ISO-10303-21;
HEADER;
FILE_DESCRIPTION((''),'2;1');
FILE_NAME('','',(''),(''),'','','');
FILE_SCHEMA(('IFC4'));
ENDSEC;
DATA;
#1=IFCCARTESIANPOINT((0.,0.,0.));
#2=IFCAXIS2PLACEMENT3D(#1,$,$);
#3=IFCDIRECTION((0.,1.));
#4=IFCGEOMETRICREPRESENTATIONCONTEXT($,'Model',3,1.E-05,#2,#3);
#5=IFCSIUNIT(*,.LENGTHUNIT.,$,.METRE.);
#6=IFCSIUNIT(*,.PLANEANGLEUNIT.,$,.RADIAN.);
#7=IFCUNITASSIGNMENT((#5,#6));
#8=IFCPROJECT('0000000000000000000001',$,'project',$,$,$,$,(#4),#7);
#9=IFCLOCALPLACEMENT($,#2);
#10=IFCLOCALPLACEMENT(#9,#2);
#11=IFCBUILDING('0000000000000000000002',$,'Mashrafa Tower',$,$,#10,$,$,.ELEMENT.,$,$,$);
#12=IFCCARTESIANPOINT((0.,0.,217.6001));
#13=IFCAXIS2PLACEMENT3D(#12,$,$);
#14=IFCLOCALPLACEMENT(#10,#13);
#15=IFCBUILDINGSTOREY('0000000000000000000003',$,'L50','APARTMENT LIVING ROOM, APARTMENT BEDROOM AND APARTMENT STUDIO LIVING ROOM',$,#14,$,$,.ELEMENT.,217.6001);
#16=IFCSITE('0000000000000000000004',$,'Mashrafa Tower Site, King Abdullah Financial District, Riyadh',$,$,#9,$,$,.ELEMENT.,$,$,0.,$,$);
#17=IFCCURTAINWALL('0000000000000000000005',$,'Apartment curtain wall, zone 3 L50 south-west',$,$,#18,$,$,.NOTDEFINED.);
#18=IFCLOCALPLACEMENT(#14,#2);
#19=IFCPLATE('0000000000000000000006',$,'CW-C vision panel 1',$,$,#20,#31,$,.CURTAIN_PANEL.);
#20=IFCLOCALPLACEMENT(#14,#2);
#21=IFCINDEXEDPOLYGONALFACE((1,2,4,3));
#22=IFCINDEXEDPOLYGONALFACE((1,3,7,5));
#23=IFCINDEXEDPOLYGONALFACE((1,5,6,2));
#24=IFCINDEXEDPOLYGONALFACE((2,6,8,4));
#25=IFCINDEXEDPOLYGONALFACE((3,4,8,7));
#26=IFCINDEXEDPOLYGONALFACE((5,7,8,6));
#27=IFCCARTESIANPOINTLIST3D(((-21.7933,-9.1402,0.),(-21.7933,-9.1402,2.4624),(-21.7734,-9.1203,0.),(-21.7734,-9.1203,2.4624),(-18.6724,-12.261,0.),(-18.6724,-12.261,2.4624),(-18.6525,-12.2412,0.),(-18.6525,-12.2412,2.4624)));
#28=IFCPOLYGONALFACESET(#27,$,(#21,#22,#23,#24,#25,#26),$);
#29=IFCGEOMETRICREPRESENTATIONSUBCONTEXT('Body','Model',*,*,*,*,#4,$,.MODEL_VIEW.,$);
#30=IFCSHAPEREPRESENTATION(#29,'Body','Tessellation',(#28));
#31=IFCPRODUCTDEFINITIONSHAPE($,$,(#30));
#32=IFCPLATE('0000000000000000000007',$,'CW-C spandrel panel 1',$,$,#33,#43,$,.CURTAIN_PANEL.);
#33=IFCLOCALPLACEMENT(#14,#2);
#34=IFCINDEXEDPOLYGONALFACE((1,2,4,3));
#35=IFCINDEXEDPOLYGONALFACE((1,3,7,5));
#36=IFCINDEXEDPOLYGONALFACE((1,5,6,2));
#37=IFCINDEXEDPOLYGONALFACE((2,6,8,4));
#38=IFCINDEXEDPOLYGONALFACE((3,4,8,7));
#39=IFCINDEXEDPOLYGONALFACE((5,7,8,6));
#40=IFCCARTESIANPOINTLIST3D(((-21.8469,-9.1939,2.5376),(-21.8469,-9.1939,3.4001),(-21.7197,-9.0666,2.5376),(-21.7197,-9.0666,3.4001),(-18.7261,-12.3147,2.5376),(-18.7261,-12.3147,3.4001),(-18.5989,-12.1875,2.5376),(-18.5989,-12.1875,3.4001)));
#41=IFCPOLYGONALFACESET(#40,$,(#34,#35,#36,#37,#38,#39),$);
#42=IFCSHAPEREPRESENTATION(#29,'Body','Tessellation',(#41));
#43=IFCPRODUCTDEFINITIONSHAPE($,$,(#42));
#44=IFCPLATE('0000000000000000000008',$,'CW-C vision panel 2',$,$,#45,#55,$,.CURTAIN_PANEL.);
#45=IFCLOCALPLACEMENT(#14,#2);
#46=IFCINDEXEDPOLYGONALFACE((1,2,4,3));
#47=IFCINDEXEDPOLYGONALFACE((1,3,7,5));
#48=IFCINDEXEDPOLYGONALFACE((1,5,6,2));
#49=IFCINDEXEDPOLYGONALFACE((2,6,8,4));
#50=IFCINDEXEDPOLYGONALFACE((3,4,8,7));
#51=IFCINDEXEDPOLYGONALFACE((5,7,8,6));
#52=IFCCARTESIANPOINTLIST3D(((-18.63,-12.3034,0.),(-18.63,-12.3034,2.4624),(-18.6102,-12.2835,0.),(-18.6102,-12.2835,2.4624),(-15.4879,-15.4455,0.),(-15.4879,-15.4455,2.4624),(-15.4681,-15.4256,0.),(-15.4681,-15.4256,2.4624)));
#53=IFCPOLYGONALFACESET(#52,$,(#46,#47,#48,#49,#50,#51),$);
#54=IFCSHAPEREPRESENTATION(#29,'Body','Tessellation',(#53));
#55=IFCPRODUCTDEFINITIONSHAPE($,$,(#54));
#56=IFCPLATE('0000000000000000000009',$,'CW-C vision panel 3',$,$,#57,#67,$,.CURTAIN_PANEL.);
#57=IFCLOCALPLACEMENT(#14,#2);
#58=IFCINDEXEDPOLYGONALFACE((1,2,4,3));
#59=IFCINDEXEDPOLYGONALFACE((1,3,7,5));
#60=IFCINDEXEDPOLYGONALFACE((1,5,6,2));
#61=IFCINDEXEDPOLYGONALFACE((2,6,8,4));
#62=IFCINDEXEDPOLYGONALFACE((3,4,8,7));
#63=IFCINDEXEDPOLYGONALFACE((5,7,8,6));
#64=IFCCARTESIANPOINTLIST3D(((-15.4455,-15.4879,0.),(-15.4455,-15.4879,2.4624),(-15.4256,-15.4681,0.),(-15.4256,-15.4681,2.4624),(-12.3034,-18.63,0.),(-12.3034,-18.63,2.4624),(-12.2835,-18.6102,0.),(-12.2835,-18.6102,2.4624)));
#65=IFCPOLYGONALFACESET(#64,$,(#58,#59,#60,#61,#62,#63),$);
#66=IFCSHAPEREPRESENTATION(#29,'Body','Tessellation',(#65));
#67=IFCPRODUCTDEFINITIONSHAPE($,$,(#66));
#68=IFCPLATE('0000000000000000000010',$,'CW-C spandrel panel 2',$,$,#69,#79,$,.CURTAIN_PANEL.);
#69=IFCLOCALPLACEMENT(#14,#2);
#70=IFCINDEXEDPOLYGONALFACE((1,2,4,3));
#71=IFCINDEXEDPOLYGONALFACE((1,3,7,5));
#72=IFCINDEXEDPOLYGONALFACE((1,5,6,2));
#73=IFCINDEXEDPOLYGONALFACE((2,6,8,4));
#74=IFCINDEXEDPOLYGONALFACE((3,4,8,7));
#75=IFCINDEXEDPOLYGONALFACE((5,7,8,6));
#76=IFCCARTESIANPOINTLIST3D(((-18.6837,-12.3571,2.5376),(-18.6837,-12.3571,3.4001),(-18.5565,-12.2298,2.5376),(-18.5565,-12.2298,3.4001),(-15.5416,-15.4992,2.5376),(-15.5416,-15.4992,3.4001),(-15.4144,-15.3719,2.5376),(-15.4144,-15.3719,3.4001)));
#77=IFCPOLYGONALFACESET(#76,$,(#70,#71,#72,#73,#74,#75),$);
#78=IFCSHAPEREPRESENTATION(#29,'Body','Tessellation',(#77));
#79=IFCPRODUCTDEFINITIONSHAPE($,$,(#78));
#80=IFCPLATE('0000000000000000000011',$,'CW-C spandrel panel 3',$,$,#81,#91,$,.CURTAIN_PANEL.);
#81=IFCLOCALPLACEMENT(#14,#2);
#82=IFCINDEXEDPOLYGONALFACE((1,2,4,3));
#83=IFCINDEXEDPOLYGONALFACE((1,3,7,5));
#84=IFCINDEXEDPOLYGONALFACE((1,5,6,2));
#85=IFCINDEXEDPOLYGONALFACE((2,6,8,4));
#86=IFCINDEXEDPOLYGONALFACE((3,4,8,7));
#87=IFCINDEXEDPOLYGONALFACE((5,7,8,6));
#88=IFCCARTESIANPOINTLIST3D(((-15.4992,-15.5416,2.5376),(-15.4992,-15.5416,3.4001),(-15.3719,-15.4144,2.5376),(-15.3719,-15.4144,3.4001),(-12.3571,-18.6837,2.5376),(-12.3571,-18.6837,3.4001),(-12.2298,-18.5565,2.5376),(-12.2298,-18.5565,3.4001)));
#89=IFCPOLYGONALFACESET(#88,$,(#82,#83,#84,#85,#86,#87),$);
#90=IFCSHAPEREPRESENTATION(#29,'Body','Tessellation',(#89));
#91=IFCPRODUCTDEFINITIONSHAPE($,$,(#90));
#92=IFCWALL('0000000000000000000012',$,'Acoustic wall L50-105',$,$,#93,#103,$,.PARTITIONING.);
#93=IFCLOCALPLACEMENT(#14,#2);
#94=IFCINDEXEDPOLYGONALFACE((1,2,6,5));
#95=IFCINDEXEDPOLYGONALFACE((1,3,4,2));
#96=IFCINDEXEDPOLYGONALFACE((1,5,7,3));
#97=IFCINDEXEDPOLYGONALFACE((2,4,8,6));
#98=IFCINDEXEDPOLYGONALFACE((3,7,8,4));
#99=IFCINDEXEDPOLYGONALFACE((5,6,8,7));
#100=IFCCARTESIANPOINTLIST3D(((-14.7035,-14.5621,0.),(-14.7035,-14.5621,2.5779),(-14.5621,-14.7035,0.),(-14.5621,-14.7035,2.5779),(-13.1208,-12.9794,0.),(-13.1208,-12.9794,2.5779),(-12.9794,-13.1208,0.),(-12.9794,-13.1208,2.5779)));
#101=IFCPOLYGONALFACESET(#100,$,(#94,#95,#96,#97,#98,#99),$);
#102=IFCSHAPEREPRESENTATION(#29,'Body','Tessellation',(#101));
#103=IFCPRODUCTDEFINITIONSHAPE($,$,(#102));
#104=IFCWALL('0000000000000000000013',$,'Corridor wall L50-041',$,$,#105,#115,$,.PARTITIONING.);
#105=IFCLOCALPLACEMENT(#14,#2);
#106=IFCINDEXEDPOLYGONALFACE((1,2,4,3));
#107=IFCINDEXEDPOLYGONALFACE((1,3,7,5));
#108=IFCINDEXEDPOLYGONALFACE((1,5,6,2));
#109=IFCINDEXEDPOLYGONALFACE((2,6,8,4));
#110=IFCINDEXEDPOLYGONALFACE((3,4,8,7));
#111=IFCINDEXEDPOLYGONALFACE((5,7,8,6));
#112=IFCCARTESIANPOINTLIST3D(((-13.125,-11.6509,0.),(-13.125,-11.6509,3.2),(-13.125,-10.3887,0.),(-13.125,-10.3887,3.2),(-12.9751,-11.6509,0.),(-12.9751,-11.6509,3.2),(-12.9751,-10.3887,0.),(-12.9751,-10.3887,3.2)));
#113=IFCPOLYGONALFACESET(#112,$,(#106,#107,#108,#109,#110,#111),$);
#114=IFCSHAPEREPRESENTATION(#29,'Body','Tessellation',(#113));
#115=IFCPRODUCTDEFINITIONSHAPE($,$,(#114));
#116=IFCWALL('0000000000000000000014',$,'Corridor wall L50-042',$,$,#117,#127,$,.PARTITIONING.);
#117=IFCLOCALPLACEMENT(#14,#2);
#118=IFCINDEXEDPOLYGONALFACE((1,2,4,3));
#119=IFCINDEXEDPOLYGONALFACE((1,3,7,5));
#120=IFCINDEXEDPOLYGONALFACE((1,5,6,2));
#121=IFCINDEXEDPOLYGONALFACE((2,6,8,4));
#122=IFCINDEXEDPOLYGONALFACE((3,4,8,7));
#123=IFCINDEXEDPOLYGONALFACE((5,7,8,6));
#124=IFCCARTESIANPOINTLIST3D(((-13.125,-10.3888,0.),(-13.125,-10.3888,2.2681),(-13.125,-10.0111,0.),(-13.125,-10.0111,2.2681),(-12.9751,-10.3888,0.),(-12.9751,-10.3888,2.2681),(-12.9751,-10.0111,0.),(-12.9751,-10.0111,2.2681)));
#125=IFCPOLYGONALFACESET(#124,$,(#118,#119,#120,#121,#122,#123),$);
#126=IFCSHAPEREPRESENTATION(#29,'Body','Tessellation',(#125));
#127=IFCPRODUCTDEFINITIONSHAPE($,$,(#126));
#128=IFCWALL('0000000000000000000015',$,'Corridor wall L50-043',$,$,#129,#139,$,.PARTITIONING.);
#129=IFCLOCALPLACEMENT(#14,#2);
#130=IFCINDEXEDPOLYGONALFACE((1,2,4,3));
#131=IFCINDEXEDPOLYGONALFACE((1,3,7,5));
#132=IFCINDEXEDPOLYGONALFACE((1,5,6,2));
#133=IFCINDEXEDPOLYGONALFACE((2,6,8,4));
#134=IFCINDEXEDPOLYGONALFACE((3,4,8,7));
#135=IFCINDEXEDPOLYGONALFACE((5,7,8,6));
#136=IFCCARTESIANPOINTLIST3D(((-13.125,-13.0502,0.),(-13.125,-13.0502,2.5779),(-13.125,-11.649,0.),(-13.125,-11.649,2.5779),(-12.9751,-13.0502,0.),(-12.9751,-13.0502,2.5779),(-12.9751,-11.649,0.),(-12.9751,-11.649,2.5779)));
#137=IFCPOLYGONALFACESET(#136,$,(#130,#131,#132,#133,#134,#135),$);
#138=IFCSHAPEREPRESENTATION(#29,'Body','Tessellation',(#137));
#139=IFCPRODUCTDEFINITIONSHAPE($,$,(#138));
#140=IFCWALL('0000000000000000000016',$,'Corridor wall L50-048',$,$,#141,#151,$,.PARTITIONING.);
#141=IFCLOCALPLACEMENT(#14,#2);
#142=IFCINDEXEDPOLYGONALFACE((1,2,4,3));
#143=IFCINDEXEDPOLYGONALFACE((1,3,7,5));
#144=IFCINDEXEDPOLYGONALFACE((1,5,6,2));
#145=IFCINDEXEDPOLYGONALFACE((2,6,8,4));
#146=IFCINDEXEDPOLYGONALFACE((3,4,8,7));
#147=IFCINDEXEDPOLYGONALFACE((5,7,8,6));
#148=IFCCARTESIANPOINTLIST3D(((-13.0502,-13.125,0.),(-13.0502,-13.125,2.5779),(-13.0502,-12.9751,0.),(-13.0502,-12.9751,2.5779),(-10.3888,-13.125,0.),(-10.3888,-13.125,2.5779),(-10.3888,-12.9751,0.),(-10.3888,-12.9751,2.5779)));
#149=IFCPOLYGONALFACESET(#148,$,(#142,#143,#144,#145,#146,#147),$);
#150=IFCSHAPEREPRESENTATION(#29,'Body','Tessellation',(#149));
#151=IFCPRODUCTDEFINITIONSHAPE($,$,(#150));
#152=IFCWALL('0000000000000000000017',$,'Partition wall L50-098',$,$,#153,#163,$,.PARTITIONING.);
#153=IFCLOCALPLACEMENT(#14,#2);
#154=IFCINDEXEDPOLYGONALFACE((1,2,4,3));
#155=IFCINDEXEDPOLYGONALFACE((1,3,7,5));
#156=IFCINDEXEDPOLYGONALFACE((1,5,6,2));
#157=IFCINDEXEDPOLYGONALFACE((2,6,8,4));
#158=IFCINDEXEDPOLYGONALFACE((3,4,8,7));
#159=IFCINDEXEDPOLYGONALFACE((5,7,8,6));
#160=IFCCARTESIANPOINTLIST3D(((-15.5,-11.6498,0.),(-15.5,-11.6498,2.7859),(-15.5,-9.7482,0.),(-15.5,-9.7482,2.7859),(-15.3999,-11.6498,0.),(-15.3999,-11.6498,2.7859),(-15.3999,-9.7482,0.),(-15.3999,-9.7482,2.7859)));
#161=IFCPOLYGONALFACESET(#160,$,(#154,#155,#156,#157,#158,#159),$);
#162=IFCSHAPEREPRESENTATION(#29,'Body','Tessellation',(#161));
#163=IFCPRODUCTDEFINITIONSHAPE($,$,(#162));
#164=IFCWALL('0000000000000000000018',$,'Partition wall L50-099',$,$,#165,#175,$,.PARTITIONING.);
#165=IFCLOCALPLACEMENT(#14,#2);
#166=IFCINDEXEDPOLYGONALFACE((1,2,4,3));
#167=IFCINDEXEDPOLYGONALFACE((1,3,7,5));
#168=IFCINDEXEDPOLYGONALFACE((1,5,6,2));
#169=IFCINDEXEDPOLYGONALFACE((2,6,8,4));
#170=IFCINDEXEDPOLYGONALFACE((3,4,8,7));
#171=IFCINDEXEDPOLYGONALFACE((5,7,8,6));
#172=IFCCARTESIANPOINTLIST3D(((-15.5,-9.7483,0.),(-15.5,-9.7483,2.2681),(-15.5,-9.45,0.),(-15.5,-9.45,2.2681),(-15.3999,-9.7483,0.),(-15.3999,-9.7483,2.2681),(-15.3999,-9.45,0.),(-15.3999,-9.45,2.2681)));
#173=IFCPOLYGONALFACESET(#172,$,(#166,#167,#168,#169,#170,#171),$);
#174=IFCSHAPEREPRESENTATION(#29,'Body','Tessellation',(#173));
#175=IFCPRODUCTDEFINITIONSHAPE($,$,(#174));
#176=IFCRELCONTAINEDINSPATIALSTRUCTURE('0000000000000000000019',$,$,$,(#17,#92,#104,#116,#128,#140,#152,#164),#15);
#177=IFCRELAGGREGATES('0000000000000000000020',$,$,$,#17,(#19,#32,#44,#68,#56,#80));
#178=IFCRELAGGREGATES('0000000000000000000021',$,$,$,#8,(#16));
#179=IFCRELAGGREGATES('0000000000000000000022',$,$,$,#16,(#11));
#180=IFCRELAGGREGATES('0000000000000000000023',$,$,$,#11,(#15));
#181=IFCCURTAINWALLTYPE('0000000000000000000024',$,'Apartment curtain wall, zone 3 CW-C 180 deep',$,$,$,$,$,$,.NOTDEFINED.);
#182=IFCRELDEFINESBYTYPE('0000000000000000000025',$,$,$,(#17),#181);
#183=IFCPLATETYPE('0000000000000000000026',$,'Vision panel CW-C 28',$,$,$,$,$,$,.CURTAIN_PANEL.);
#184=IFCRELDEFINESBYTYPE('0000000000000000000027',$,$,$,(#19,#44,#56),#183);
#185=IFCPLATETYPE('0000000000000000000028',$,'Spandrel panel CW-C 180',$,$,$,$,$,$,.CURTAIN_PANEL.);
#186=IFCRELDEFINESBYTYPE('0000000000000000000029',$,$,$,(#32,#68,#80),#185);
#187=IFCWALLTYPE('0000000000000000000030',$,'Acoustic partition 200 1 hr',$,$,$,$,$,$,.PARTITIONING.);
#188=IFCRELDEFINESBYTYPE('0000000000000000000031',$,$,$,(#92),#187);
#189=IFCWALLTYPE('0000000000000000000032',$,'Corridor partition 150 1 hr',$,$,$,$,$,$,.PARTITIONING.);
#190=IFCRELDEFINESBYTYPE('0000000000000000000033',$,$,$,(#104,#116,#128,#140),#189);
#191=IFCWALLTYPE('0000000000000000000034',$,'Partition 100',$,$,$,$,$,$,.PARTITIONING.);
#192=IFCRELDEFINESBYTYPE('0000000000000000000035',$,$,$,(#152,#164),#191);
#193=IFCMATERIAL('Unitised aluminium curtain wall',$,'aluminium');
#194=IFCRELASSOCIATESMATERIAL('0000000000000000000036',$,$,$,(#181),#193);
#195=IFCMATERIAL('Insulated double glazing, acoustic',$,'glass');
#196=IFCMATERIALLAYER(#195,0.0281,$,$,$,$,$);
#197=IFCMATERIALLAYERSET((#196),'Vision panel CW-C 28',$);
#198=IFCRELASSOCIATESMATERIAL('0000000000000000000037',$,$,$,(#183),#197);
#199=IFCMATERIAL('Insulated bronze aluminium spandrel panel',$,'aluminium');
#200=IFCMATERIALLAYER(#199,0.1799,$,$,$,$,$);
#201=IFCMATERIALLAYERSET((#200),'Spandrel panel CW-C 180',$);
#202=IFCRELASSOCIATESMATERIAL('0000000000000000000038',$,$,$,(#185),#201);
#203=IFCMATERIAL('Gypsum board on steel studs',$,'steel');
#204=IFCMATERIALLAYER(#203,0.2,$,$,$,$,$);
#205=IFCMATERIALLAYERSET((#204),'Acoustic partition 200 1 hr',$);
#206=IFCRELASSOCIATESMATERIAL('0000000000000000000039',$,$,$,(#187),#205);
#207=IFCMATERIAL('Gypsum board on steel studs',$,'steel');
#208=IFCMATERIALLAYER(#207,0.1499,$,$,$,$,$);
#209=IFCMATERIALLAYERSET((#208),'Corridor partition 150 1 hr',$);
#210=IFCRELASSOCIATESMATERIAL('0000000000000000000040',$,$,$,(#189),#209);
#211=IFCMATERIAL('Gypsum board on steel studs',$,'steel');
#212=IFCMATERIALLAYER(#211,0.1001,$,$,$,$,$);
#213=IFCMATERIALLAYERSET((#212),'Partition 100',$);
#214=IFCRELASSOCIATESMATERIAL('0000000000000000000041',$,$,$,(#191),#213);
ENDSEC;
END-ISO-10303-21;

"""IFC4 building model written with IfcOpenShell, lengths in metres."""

from ifc_helpers import new_model, si_unit, direction, frame, frame_2d, origin, origin_2d, place, context, subcontext, project, spatial, rectangle, extrude, source, transform, mapped, material, layer, layer_set, type_object, type_shapes, element, aggregate, save


model = new_model("IFC4")

# Units and contexts
model_context = context("Model", 3, precision=1e-05, world=origin(), true_north=direction((0.0, 1.0)))
body_context = subcontext(model_context, "Body", "Model", "MODEL_VIEW")
ifc_project = project(units=[si_unit("LENGTHUNIT", "METRE"), si_unit("PLANEANGLEUNIT", "RADIAN")], contexts=[model_context])

# Site, building, storey
site_placement = place(None, origin())
site = spatial("IfcSite", under=ifc_project, at=site_placement, Name="Mashrafa Tower Site, King Abdullah Financial District, Riyadh", CompositionType="ELEMENT", RefElevation=0.0)
building_placement = place(site_placement, origin())
building = spatial("IfcBuilding", under=site, at=building_placement, Name="Mashrafa Tower", CompositionType="ELEMENT")
storey_placement = place(building_placement, frame((0.0, 0.0, 217.6001)))
storey = spatial("IfcBuildingStorey", under=building, at=storey_placement, Name="L50", Description="APARTMENT LIVING ROOM, APARTMENT BEDROOM AND APARTMENT STUDIO LIVING ROOM", CompositionType="ELEMENT", Elevation=217.6001)

# Curtain wall, plates
ifc_material_1 = material(Name="Unitised aluminium curtain wall", Category="aluminium")
curtain_wall_type = type_object("IfcCurtainWallType", Name="Apartment curtain wall, zone 3 CW-C 180 deep", PredefinedType="NOTDEFINED", material=ifc_material_1)
curtain_wall_placement = place(storey_placement, origin())
curtain_wall = element("IfcCurtainWall", 1, at=curtain_wall_placement, inside=storey, type_object=curtain_wall_type, Name="Apartment curtain wall, zone 3 L50 south-west", PredefinedType="NOTDEFINED")
ifc_material_2 = material(Name="Insulated double glazing, acoustic", Category="glass")
ifc_layer_1 = layer(ifc_material_2, 0.0281)
ifc_layer_set_1 = layer_set([ifc_layer_1], Name="Vision panel CW-C 28")
plate_type_1 = type_object("IfcPlateType", Name="Vision panel CW-C 28", PredefinedType="CURTAIN_PANEL", material=ifc_layer_set_1)
shared_shape_1 = source(origin(), body_context, "Body", "SweptSolid", [
    extrude(rectangle(XDim=4.4136, YDim=0.0281, at=origin_2d()), origin(), (0.0, 0.0, 1.0), 2.4624),
])
plate_1_placement = place(storey_placement, frame((-20.2229, -10.6907, 0.0), z_axis=(0.0, 0.0, 1.0), x_axis=(0.707107, -0.707107, 0.0)))
plate_1 = element("IfcPlate", 2, at=plate_1_placement, type_object=plate_type_1, Name="CW-C vision panel 1", PredefinedType="CURTAIN_PANEL", context=body_context, shape_type="MappedRepresentation", body=[
    mapped(shared_shape_1, transform((0.0, 0.0, 0.0))),
])
ifc_material_3 = material(Name="Insulated bronze aluminium spandrel panel", Category="aluminium")
ifc_layer_2 = layer(ifc_material_3, 0.1799)
ifc_layer_set_2 = layer_set([ifc_layer_2], Name="Spandrel panel CW-C 180")
plate_type_2 = type_object("IfcPlateType", Name="Spandrel panel CW-C 180", PredefinedType="CURTAIN_PANEL", material=ifc_layer_set_2)
shared_shape_2 = source(origin(), body_context, "Body", "SweptSolid", [
    extrude(rectangle(XDim=4.4136, YDim=0.1799, at=origin_2d()), origin(), (0.0, 0.0, 1.0), 0.8625),
])
plate_2_placement = place(storey_placement, frame((-20.2229, -10.6907, 2.5376), z_axis=(0.0, 0.0, 1.0), x_axis=(0.707107, -0.707107, 0.0)))
plate_2 = element("IfcPlate", 3, at=plate_2_placement, type_object=plate_type_2, Name="CW-C spandrel panel 1", PredefinedType="CURTAIN_PANEL", context=body_context, shape_type="MappedRepresentation", body=[
    mapped(shared_shape_2, transform((0.0, 0.0, 0.0))),
])
shared_shape_3 = source(origin(), body_context, "Body", "SweptSolid", [
    extrude(rectangle(XDim=4.4436, YDim=0.0281, at=origin_2d()), origin(), (0.0, 0.0, 1.0), 2.4624),
])
type_shapes(plate_type_1, [shared_shape_1, shared_shape_3])
plate_3_placement = place(storey_placement, frame((-17.0491, -13.8645, 0.0), z_axis=(0.0, 0.0, 1.0), x_axis=(0.707107, -0.707107, 0.0)))
plate_3 = element("IfcPlate", 4, at=plate_3_placement, type_object=plate_type_1, Name="CW-C vision panel 2", PredefinedType="CURTAIN_PANEL", context=body_context, shape_type="MappedRepresentation", body=[
    mapped(shared_shape_3, transform((0.0, 0.0, 0.0))),
])
plate_4_placement = place(storey_placement, frame((-13.8645, -17.0491, 0.0), z_axis=(0.0, 0.0, 1.0), x_axis=(0.707107, -0.707107, 0.0)))
plate_4 = element("IfcPlate", 5, at=plate_4_placement, type_object=plate_type_1, Name="CW-C vision panel 3", PredefinedType="CURTAIN_PANEL", context=body_context, shape_type="MappedRepresentation", body=[
    mapped(shared_shape_3, transform((0.0, 0.0, 0.0))),
])
shared_shape_4 = source(origin(), body_context, "Body", "SweptSolid", [
    extrude(rectangle(XDim=4.4436, YDim=0.1799, at=origin_2d()), origin(), (0.0, 0.0, 1.0), 0.8625),
])
type_shapes(plate_type_2, [shared_shape_2, shared_shape_4])
plate_5_placement = place(storey_placement, frame((-17.0491, -13.8645, 2.5376), z_axis=(0.0, 0.0, 1.0), x_axis=(0.707107, -0.707107, 0.0)))
plate_5 = element("IfcPlate", 6, at=plate_5_placement, type_object=plate_type_2, Name="CW-C spandrel panel 2", PredefinedType="CURTAIN_PANEL", context=body_context, shape_type="MappedRepresentation", body=[
    mapped(shared_shape_4, transform((0.0, 0.0, 0.0))),
])
plate_6_placement = place(storey_placement, frame((-13.8645, -17.0491, 2.5376), z_axis=(0.0, 0.0, 1.0), x_axis=(0.707107, -0.707107, 0.0)))
plate_6 = element("IfcPlate", 7, at=plate_6_placement, type_object=plate_type_2, Name="CW-C spandrel panel 3", PredefinedType="CURTAIN_PANEL", context=body_context, shape_type="MappedRepresentation", body=[
    mapped(shared_shape_4, transform((0.0, 0.0, 0.0))),
])
aggregate(curtain_wall, [plate_1, plate_2, plate_3, plate_5, plate_4, plate_6])

# Walls
ifc_material_4 = material(Name="Gypsum board on steel studs", Category="steel")
ifc_layer_3 = layer(ifc_material_4, 0.2)
ifc_layer_set_3 = layer_set([ifc_layer_3], Name="Acoustic partition 200 1 hr")
wall_type_1 = type_object("IfcWallType", Name="Acoustic partition 200 1 hr", PredefinedType="PARTITIONING", material=ifc_layer_set_3)
wall_1_placement = place(storey_placement, frame((-14.6328, -14.6328, 0.0), z_axis=(0.0, 0.0, 1.0), x_axis=(0.707107, 0.707107, 0.0)))
element("IfcWall", 8, at=wall_1_placement, inside=storey, type_object=wall_type_1, Name="Acoustic wall L50-105", PredefinedType="PARTITIONING", context=body_context, shape_type="SweptSolid", body=[
    extrude(rectangle(XDim=2.2383, YDim=0.2, at=frame_2d((1.1191, 0.0))), origin(), (0.0, 0.0, 1.0), 2.5779),
])
ifc_material_5 = material(Name="Gypsum board on steel studs", Category="steel")
ifc_layer_4 = layer(ifc_material_5, 0.1499)
ifc_layer_set_4 = layer_set([ifc_layer_4], Name="Corridor partition 150 1 hr")
wall_type_2 = type_object("IfcWallType", Name="Corridor partition 150 1 hr", PredefinedType="PARTITIONING", material=ifc_layer_set_4)
wall_2_placement = place(storey_placement, frame((-13.05, -10.3887, 0.0), z_axis=(0.0, 0.0, 1.0), x_axis=(0.0, -1.0, 0.0)))
element("IfcWall", 9, at=wall_2_placement, inside=storey, type_object=wall_type_2, Name="Corridor wall L50-041", PredefinedType="PARTITIONING", context=body_context, shape_type="SweptSolid", body=[
    extrude(rectangle(XDim=1.2622, YDim=0.1499, at=frame_2d((0.6311, 0.0))), origin(), (0.0, 0.0, 1.0), 3.2),
])
wall_3_placement = place(storey_placement, frame((-13.05, -10.011, 0.0), z_axis=(0.0, 0.0, 1.0), x_axis=(0.0, -1.0, 0.0)))
element("IfcWall", 10, at=wall_3_placement, inside=storey, type_object=wall_type_2, Name="Corridor wall L50-042", PredefinedType="PARTITIONING", context=body_context, shape_type="SweptSolid", body=[
    extrude(rectangle(XDim=0.3777, YDim=0.1499, at=frame_2d((0.189, 0.0))), origin(), (0.0, 0.0, 1.0), 2.2681),
])
wall_4_placement = place(storey_placement, frame((-13.05, -11.6489, 0.0), z_axis=(0.0, 0.0, 1.0), x_axis=(0.0, -1.0, 0.0)))
element("IfcWall", 11, at=wall_4_placement, inside=storey, type_object=wall_type_2, Name="Corridor wall L50-043", PredefinedType="PARTITIONING", context=body_context, shape_type="SweptSolid", body=[
    extrude(rectangle(XDim=1.4011, YDim=0.1499, at=frame_2d((0.7007, 0.0))), origin(), (0.0, 0.0, 1.0), 2.5779),
])
wall_5_placement = place(storey_placement, frame((-13.05, -13.05, 0.0), z_axis=(0.0, 0.0, 1.0), x_axis=(1.0, 0.0, 0.0)))
element("IfcWall", 12, at=wall_5_placement, inside=storey, type_object=wall_type_2, Name="Corridor wall L50-048", PredefinedType="PARTITIONING", context=body_context, shape_type="SweptSolid", body=[
    extrude(rectangle(XDim=2.6614, YDim=0.1499, at=frame_2d((1.3306, 0.0))), origin(), (0.0, 0.0, 1.0), 2.5779),
])
ifc_material_6 = material(Name="Gypsum board on steel studs", Category="steel")
ifc_layer_5 = layer(ifc_material_6, 0.1001)
ifc_layer_set_5 = layer_set([ifc_layer_5], Name="Partition 100")
wall_type_3 = type_object("IfcWallType", Name="Partition 100", PredefinedType="PARTITIONING", material=ifc_layer_set_5)
wall_6_placement = place(storey_placement, frame((-15.45, -9.7483, 0.0), z_axis=(0.0, 0.0, 1.0), x_axis=(0.0, -1.0, 0.0)))
element("IfcWall", 13, at=wall_6_placement, inside=storey, type_object=wall_type_3, Name="Partition wall L50-098", PredefinedType="PARTITIONING", context=body_context, shape_type="SweptSolid", body=[
    extrude(rectangle(XDim=1.9016, YDim=0.1001, at=frame_2d((0.9507, 0.0))), origin(), (0.0, 0.0, 1.0), 2.7859),
])
wall_7_placement = place(storey_placement, frame((-15.45, -9.45, 0.0), z_axis=(0.0, 0.0, 1.0), x_axis=(0.0, -1.0, 0.0)))
element("IfcWall", 14, at=wall_7_placement, inside=storey, type_object=wall_type_3, Name="Partition wall L50-099", PredefinedType="PARTITIONING", context=body_context, shape_type="SweptSolid", body=[
    extrude(rectangle(XDim=0.2983, YDim=0.1001, at=frame_2d((0.1492, 0.0))), origin(), (0.0, 0.0, 1.0), 2.2681),
])

save(model, "model.ifc")
